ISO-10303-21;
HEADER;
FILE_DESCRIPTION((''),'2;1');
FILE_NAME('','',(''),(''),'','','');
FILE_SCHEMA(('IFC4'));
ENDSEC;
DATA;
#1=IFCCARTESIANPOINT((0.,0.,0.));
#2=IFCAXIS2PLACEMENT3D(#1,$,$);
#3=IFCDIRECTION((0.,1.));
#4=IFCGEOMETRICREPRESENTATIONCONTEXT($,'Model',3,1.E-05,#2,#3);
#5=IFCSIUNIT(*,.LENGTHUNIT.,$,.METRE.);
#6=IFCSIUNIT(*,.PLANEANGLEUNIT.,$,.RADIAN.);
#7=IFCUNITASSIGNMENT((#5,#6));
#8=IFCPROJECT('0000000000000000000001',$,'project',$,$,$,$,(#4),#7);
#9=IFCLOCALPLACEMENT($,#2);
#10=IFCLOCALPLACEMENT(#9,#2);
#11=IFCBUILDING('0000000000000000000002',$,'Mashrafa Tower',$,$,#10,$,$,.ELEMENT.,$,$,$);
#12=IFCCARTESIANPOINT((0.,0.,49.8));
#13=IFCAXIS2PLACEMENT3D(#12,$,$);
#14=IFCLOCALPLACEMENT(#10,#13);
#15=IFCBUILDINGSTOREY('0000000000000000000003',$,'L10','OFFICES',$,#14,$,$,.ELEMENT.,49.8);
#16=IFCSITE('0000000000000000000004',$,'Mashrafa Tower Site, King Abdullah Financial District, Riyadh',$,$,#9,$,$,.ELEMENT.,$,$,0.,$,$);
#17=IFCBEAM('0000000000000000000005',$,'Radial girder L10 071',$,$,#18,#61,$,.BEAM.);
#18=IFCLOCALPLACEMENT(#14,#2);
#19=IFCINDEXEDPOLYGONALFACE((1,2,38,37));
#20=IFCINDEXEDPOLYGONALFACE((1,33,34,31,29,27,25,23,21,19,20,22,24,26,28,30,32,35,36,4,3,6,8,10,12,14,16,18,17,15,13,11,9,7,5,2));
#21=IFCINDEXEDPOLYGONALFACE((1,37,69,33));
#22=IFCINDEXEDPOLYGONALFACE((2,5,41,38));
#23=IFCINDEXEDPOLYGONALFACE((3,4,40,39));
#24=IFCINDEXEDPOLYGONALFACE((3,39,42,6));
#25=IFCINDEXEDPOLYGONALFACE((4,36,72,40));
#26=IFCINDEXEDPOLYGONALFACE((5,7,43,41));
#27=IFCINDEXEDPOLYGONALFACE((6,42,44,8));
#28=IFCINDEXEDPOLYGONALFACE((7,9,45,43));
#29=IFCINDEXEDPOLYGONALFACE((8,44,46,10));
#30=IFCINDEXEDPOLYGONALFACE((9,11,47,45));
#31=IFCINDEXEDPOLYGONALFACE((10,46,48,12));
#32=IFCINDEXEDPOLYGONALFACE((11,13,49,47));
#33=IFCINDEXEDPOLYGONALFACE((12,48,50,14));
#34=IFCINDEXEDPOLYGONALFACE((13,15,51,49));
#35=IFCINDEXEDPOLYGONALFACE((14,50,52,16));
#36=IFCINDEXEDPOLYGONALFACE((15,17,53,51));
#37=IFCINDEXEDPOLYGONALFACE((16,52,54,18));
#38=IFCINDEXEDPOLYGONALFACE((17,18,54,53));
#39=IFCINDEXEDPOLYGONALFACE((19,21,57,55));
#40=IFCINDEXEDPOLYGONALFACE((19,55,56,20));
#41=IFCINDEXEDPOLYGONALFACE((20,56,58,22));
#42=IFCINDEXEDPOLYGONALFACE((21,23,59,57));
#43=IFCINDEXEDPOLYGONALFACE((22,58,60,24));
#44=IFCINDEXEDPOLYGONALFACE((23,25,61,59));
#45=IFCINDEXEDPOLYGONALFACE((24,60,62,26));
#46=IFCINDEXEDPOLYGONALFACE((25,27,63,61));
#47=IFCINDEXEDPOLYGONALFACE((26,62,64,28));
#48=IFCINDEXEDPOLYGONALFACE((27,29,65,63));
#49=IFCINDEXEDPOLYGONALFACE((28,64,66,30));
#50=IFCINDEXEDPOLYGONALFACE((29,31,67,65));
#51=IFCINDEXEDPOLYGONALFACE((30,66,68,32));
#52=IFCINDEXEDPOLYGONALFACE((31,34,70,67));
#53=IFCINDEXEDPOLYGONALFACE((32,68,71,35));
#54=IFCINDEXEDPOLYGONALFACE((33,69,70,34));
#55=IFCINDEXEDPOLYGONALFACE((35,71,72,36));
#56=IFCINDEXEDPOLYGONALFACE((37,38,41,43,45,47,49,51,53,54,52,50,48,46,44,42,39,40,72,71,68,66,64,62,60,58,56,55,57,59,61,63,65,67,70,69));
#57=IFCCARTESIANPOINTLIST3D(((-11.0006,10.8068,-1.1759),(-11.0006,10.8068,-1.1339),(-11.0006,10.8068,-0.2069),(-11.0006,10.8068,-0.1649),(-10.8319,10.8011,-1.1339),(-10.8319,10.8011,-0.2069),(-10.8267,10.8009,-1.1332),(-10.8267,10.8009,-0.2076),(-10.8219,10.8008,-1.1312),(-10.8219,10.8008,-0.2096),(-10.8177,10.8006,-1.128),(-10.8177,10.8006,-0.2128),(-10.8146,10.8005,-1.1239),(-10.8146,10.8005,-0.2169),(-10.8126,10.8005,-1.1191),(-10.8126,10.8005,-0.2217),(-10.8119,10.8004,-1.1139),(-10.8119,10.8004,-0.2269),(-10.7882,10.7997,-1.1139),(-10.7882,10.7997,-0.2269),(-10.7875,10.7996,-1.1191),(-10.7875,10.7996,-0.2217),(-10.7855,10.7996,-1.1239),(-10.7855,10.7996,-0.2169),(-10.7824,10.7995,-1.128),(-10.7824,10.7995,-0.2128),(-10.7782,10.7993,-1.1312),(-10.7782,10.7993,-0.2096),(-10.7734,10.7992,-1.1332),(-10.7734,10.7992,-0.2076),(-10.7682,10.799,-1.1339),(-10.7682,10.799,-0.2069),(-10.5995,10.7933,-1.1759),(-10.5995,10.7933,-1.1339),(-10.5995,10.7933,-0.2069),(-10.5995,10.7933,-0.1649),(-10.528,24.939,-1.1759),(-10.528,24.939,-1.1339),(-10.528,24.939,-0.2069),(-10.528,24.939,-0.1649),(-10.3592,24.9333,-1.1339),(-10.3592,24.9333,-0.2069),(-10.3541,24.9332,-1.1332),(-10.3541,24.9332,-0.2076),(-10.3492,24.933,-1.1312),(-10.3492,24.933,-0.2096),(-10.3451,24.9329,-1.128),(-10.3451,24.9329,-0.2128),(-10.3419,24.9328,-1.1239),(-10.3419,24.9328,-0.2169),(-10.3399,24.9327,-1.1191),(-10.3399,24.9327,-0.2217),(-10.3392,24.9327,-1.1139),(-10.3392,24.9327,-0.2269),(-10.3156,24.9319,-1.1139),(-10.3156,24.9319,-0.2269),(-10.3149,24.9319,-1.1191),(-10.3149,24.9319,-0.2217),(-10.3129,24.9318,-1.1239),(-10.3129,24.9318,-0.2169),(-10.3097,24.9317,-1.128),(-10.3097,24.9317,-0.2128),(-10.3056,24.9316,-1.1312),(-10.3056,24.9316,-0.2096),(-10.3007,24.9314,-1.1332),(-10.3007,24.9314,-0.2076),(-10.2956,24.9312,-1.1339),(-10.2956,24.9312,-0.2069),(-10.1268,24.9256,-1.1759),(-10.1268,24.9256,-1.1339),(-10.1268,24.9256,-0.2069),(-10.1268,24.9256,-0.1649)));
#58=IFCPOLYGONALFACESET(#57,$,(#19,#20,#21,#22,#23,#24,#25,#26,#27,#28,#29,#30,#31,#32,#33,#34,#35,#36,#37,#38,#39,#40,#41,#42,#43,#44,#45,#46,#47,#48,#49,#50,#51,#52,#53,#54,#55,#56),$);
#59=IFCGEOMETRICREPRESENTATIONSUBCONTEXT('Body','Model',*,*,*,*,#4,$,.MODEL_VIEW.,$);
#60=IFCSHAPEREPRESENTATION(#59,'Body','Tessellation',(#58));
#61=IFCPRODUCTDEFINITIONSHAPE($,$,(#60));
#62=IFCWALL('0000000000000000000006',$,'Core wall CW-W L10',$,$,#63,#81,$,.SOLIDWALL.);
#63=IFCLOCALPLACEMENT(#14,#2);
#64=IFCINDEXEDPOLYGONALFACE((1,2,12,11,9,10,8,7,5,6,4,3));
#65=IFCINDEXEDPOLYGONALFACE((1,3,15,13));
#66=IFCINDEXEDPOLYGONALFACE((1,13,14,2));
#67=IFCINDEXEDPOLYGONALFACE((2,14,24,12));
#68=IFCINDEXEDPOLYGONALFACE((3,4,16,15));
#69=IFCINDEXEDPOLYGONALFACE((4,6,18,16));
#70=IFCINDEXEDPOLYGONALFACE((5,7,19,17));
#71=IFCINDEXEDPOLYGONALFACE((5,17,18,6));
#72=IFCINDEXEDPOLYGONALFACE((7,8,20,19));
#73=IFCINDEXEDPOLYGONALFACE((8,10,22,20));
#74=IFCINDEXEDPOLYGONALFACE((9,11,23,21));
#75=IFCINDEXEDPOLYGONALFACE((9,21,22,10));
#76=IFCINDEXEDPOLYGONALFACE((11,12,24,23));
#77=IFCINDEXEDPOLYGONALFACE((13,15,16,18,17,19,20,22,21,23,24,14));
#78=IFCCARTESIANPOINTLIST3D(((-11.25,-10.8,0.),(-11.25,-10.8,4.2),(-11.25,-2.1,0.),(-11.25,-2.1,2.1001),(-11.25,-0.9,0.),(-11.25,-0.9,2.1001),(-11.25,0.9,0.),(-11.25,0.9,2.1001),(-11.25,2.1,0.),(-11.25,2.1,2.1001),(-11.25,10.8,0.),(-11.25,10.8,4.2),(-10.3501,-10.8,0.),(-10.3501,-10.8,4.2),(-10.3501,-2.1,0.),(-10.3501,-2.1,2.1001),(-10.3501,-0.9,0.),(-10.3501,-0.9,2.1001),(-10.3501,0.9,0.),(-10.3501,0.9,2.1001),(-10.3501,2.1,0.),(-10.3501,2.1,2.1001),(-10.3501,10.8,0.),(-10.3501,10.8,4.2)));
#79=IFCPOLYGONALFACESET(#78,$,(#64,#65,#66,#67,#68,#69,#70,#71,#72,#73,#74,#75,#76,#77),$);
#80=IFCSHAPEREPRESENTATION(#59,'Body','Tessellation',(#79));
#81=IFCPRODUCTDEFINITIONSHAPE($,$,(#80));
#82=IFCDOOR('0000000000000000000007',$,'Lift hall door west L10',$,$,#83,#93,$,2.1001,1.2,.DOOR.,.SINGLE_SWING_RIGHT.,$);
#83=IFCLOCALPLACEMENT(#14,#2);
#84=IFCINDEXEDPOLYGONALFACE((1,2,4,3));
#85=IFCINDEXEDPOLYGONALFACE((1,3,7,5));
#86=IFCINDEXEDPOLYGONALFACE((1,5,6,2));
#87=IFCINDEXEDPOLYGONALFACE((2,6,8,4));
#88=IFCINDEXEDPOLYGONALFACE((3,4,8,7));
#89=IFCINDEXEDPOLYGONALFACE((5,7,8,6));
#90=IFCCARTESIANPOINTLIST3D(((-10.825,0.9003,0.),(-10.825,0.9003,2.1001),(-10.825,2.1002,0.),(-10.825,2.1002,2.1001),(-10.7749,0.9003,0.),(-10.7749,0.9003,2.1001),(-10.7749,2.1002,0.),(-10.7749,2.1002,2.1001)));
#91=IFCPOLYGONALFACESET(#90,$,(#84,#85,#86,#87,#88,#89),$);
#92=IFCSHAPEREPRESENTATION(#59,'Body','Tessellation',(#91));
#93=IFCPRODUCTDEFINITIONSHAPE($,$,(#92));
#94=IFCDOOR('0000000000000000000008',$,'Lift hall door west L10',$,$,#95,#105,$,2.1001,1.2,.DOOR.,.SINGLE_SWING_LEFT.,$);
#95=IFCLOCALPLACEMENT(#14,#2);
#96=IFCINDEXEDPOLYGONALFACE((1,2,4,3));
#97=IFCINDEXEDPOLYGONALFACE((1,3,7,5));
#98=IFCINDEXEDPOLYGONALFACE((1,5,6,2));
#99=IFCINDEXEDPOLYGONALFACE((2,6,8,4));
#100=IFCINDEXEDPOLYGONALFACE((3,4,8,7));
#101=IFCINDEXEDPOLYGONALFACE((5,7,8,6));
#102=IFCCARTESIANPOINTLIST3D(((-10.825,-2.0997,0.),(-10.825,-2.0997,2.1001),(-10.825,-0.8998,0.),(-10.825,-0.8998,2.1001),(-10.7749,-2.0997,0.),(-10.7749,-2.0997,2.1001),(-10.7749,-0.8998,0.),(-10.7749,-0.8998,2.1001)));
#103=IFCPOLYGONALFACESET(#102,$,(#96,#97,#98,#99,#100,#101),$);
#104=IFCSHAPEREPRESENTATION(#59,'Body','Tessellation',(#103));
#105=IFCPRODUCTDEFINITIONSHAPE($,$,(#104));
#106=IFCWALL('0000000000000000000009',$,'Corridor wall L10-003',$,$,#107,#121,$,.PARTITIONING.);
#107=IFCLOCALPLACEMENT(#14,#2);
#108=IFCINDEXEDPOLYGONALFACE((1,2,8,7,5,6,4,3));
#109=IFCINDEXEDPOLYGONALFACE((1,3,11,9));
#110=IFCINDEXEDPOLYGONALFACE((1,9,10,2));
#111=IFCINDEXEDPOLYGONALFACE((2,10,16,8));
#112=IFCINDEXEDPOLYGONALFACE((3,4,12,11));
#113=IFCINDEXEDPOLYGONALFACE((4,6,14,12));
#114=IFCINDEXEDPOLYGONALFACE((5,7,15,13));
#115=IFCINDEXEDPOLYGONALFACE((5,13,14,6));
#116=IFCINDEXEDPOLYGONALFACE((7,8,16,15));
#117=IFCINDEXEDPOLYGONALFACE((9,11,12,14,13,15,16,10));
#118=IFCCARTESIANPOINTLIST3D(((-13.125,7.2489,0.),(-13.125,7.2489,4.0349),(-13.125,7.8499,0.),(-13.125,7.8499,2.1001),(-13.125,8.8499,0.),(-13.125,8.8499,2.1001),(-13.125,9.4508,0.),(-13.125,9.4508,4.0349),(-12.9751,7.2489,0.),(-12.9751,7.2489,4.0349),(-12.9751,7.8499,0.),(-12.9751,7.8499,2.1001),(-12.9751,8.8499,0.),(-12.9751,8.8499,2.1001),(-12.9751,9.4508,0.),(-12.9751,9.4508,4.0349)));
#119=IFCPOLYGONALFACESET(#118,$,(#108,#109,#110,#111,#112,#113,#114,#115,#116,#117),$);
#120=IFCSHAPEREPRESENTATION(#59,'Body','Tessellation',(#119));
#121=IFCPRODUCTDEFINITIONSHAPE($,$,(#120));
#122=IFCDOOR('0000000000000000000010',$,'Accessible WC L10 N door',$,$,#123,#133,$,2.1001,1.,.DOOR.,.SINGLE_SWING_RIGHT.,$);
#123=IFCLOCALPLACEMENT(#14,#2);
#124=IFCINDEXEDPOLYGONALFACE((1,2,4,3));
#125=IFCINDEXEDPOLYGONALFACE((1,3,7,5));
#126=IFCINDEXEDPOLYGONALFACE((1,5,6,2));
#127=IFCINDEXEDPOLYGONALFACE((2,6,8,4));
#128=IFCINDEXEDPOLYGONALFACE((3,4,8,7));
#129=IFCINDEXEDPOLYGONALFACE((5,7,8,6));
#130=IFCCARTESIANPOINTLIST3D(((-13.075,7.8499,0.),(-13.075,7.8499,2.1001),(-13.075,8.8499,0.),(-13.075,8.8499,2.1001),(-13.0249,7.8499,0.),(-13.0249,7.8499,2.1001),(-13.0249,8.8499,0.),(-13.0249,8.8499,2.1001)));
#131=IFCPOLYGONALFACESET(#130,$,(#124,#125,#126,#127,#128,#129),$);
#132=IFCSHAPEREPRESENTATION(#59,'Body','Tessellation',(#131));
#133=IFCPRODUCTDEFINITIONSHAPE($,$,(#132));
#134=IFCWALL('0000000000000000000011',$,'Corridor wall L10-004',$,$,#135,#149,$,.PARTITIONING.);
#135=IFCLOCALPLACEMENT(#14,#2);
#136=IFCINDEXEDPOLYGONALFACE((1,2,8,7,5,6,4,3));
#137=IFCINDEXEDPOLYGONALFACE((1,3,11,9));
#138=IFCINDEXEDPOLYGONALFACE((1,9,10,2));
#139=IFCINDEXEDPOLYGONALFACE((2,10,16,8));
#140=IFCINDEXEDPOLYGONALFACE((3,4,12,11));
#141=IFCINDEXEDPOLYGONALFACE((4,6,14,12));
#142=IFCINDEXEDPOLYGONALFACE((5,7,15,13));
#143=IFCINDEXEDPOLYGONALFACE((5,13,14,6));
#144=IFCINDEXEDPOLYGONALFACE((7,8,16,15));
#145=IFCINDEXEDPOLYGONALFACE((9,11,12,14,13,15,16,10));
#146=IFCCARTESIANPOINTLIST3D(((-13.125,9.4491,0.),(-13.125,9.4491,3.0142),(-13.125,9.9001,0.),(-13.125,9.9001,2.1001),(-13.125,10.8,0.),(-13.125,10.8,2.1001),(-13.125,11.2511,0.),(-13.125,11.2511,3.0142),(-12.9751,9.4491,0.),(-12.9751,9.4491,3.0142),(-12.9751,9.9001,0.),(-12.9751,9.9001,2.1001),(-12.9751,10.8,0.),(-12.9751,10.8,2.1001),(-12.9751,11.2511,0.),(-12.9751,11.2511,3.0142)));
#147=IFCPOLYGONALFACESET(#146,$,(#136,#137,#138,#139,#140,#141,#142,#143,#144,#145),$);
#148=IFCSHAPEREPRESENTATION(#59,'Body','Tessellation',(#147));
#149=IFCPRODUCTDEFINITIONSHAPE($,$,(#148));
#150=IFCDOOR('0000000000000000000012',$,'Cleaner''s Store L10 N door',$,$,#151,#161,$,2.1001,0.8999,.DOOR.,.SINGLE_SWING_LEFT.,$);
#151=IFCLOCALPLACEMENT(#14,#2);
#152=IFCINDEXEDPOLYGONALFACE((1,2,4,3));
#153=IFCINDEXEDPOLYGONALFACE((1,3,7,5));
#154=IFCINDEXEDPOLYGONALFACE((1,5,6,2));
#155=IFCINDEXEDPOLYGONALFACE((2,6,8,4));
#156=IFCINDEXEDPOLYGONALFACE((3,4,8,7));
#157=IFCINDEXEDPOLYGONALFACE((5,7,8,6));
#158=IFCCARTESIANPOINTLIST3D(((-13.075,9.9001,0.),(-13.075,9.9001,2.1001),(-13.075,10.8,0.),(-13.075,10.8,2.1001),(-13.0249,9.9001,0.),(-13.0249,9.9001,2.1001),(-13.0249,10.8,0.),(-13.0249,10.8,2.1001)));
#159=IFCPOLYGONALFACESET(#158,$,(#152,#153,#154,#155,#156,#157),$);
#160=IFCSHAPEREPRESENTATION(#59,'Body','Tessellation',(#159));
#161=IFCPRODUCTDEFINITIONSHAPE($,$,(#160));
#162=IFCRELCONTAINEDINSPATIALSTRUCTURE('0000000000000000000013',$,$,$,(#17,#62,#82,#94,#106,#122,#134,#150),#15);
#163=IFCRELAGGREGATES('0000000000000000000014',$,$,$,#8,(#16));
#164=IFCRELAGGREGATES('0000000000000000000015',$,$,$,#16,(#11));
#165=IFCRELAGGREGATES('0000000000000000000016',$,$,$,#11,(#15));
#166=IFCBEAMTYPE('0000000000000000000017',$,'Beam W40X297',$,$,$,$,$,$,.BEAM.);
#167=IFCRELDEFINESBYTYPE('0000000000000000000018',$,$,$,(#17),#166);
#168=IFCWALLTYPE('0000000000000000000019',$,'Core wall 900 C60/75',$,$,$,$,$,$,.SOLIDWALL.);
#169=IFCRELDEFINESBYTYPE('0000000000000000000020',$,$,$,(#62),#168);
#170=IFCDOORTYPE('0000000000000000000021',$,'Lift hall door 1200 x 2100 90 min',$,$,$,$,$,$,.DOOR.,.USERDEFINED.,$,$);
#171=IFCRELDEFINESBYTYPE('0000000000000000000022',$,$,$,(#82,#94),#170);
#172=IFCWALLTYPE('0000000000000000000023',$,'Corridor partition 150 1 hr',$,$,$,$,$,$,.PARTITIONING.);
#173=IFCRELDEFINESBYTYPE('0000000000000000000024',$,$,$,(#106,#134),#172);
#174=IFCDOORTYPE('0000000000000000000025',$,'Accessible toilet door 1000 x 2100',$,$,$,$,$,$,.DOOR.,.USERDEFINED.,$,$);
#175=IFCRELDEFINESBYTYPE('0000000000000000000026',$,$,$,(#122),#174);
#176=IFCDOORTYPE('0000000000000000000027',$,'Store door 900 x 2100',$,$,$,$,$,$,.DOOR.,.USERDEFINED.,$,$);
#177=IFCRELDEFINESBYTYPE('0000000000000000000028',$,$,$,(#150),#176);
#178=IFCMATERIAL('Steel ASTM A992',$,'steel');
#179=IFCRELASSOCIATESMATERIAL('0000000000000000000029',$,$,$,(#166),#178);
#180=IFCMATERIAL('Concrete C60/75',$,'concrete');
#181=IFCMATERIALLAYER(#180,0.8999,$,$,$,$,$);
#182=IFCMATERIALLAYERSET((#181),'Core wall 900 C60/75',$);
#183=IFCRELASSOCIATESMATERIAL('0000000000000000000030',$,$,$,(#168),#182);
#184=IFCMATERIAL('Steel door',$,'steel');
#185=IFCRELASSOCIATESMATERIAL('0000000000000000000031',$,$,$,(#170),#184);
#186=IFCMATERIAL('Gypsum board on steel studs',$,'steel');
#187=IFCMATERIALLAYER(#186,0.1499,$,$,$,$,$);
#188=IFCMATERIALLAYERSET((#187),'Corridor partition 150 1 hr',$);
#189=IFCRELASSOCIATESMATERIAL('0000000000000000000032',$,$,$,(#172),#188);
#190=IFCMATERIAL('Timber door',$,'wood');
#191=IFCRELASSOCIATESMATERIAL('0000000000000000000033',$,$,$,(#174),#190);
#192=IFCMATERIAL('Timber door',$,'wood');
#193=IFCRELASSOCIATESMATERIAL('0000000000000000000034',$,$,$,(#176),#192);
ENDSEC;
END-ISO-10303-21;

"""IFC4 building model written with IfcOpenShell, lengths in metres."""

from ifc_helpers import new_model, si_unit, direction, frame, frame_2d, origin, origin_2d, place, context, subcontext, project, spatial, rectangle, i_section, extrude, material, layer, layer_set, material_profile, profile_set, type_object, element, fill, save


model = new_model("IFC4")

# Units and contexts
model_context = context("Model", 3, precision=1e-05, world=origin(), true_north=direction((0.0, 1.0)))
body_context = subcontext(model_context, "Body", "Model", "MODEL_VIEW")
ifc_project = project(units=[si_unit("LENGTHUNIT", "METRE"), si_unit("PLANEANGLEUNIT", "RADIAN")], contexts=[model_context])

# Site, building, storey
site_placement = place(None, origin())
site = spatial("IfcSite", under=ifc_project, at=site_placement, Name="Mashrafa Tower Site, King Abdullah Financial District, Riyadh", CompositionType="ELEMENT", RefElevation=0.0)
building_placement = place(site_placement, origin())
building = spatial("IfcBuilding", under=site, at=building_placement, Name="Mashrafa Tower", CompositionType="ELEMENT")
storey_placement = place(building_placement, frame((0.0, 0.0, 49.8)))
storey = spatial("IfcBuildingStorey", under=building, at=storey_placement, Name="L10", Description="OFFICES", CompositionType="ELEMENT", Elevation=49.8)

# Beam
ifc_material_1 = material(Name="Steel ASTM A992", Category="steel")
ifc_material_profile_1 = material_profile(ifc_material_1, i_section(OverallWidth=0.4014, OverallDepth=1.011, WebThickness=0.0237, FlangeThickness=0.042, FilletRadius=0.02, at=origin_2d()), Name="W40X297")
ifc_profile_set_1 = profile_set([ifc_material_profile_1], Name="Steel ASTM A992")
beam_type_1 = type_object("IfcBeamType", Name="Beam W40X297", PredefinedType="BEAM", material=ifc_profile_set_1)
for number, where, z_axis, x_axis, name in (
    (1, (-10.8, 10.8, -0.6704), (0.033426, 0.999441, 0.0), (-0.999441, 0.033426, 0.0), "Radial girder L10 071"),
):
    element("IfcBeam", number, at=place(storey_placement, frame(where, z_axis=z_axis, x_axis=x_axis)), inside=storey, type_object=beam_type_1, Name=name, PredefinedType="BEAM", context=body_context, shape_type="SweptSolid", body=[
        extrude(i_section(OverallWidth=0.4014, OverallDepth=1.011, WebThickness=0.0237, FlangeThickness=0.042, FilletRadius=0.02, at=origin_2d()), origin(), (0.0, 0.0, 1.0), 14.1401),
    ])

# Wall, openings, doors
ifc_material_2 = material(Name="Concrete C60/75", Category="concrete")
ifc_layer_1 = layer(ifc_material_2, 0.8999)
ifc_layer_set_1 = layer_set([ifc_layer_1], Name="Core wall 900 C60/75")
wall_type_1 = type_object("IfcWallType", Name="Core wall 900 C60/75", PredefinedType="SOLIDWALL", material=ifc_layer_set_1)
wall_1_placement = place(storey_placement, frame((-10.8, 10.8, 0.0), z_axis=(0.0, 0.0, 1.0), x_axis=(0.0, -1.0, 0.0)))
wall_1 = element("IfcWall", 2, at=wall_1_placement, inside=storey, type_object=wall_type_1, Name="Core wall CW-W L10", PredefinedType="SOLIDWALL", context=body_context, shape_type="SweptSolid", body=[
    extrude(rectangle(XDim=21.6001, YDim=0.8999, at=frame_2d((10.8, 0.0))), origin(), (0.0, 0.0, 1.0), 4.2),
])
opening_1_placement = place(wall_1_placement, frame((8.7, 0.0, 0.0)))
opening_1 = element("IfcOpeningElement", 3, at=opening_1_placement, cuts=wall_1, PredefinedType="OPENING", context=body_context, shape_type="SweptSolid", body=[
    extrude(rectangle(XDim=1.2, YDim=2.1001, at=frame_2d((0.6001, 1.05))), frame((0.0, 0.46, 0.0), z_axis=(0.0, -1.0, 0.0), x_axis=(1.0, 0.0, 0.0)), (0.0, 0.0, 1.0), 0.9199),
])
opening_2_placement = place(wall_1_placement, frame((11.7, 0.0, 0.0)))
opening_2 = element("IfcOpeningElement", 4, at=opening_2_placement, cuts=wall_1, PredefinedType="OPENING", context=body_context, shape_type="SweptSolid", body=[
    extrude(rectangle(XDim=1.2, YDim=2.1001, at=frame_2d((0.6001, 1.05))), frame((0.0, 0.46, 0.0), z_axis=(0.0, -1.0, 0.0), x_axis=(1.0, 0.0, 0.0)), (0.0, 0.0, 1.0), 0.9199),
])
ifc_material_3 = material(Name="Steel door", Category="steel")
door_type_1 = type_object("IfcDoorType", Name="Lift hall door 1200 x 2100 90 min", OperationType="USERDEFINED", PredefinedType="DOOR", material=ifc_material_3)
door_1_placement = place(opening_1_placement, frame((1.2, 0.0, 0.0), z_axis=(0.0, 0.0, 1.0), x_axis=(-1.0, 0.0, 0.0)))
door_1 = element("IfcDoor", 5, at=door_1_placement, inside=storey, type_object=door_type_1, Name="Lift hall door west L10", OperationType="SINGLE_SWING_RIGHT", OverallHeight=2.1001, OverallWidth=1.2, PredefinedType="DOOR", context=body_context, shape_type="SweptSolid", body=[
    extrude(rectangle(XDim=1.2, YDim=2.1001, at=frame_2d((0.6001, 1.05))), frame((0.0, 0.0249, 0.0), z_axis=(0.0, -1.0, 0.0), x_axis=(1.0, 0.0, 0.0)), (0.0, 0.0, 1.0), 0.05),
])
fill(opening_1, door_1)
door_2_placement = place(opening_2_placement, frame((1.2, 0.0, 0.0), z_axis=(0.0, 0.0, 1.0), x_axis=(-1.0, 0.0, 0.0)))
door_2 = element("IfcDoor", 6, at=door_2_placement, inside=storey, type_object=door_type_1, Name="Lift hall door west L10", OperationType="SINGLE_SWING_LEFT", OverallHeight=2.1001, OverallWidth=1.2, PredefinedType="DOOR", context=body_context, shape_type="SweptSolid", body=[
    extrude(rectangle(XDim=1.2, YDim=2.1001, at=frame_2d((0.6001, 1.05))), frame((0.0, 0.0249, 0.0), z_axis=(0.0, -1.0, 0.0), x_axis=(1.0, 0.0, 0.0)), (0.0, 0.0, 1.0), 0.05),
])
fill(opening_2, door_2)

# Walls, openings, doors
ifc_material_4 = material(Name="Gypsum board on steel studs", Category="steel")
ifc_layer_2 = layer(ifc_material_4, 0.1499)
ifc_layer_set_2 = layer_set([ifc_layer_2], Name="Corridor partition 150 1 hr")
wall_type_2 = type_object("IfcWallType", Name="Corridor partition 150 1 hr", PredefinedType="PARTITIONING", material=ifc_layer_set_2)
wall_2_placement = place(storey_placement, frame((-13.05, 9.4509, 0.0), z_axis=(0.0, 0.0, 1.0), x_axis=(0.0, -1.0, 0.0)))
wall_2 = element("IfcWall", 7, at=wall_2_placement, inside=storey, type_object=wall_type_2, Name="Corridor wall L10-003", PredefinedType="PARTITIONING", context=body_context, shape_type="SweptSolid", body=[
    extrude(rectangle(XDim=2.2019, YDim=0.1499, at=frame_2d((1.1011, 0.0))), origin(), (0.0, 0.0, 1.0), 4.0349),
])
opening_3_placement = place(wall_2_placement, frame((0.6011, 0.0, 0.0)))
opening_3 = element("IfcOpeningElement", 8, at=opening_3_placement, cuts=wall_2, PredefinedType="OPENING", context=body_context, shape_type="SweptSolid", body=[
    extrude(rectangle(XDim=1.0, YDim=2.1001, at=frame_2d((0.5, 1.05))), frame((0.0, 0.085, 0.0), z_axis=(0.0, -1.0, 0.0), x_axis=(1.0, 0.0, 0.0)), (0.0, 0.0, 1.0), 0.1699),
])
ifc_material_5 = material(Name="Timber door", Category="wood")
door_type_2 = type_object("IfcDoorType", Name="Accessible toilet door 1000 x 2100", OperationType="USERDEFINED", PredefinedType="DOOR", material=ifc_material_5)
door_3_placement = place(opening_3_placement, frame((1.0, 0.0, 0.0), z_axis=(0.0, 0.0, 1.0), x_axis=(-1.0, 0.0, 0.0)))
door_3 = element("IfcDoor", 9, at=door_3_placement, inside=storey, type_object=door_type_2, Name="Accessible WC L10 N door", OperationType="SINGLE_SWING_RIGHT", OverallHeight=2.1001, OverallWidth=1.0, PredefinedType="DOOR", context=body_context, shape_type="SweptSolid", body=[
    extrude(rectangle(XDim=1.0, YDim=2.1001, at=frame_2d((0.5, 1.05))), frame((0.0, 0.0249, 0.0), z_axis=(0.0, -1.0, 0.0), x_axis=(1.0, 0.0, 0.0)), (0.0, 0.0, 1.0), 0.05),
])
fill(opening_3, door_3)
wall_3_placement = place(storey_placement, frame((-13.05, 11.251, 0.0), z_axis=(0.0, 0.0, 1.0), x_axis=(0.0, -1.0, 0.0)))
wall_3 = element("IfcWall", 10, at=wall_3_placement, inside=storey, type_object=wall_type_2, Name="Corridor wall L10-004", PredefinedType="PARTITIONING", context=body_context, shape_type="SweptSolid", body=[
    extrude(rectangle(XDim=1.802, YDim=0.1499, at=frame_2d((0.9009, 0.0))), origin(), (0.0, 0.0, 1.0), 3.0142),
])
opening_4_placement = place(wall_3_placement, frame((0.4509, 0.0, 0.0)))
opening_4 = element("IfcOpeningElement", 11, at=opening_4_placement, cuts=wall_3, PredefinedType="OPENING", context=body_context, shape_type="SweptSolid", body=[
    extrude(rectangle(XDim=0.8999, YDim=2.1001, at=frame_2d((0.45, 1.05))), frame((0.0, 0.085, 0.0), z_axis=(0.0, -1.0, 0.0), x_axis=(1.0, 0.0, 0.0)), (0.0, 0.0, 1.0), 0.1699),
])
ifc_material_6 = material(Name="Timber door", Category="wood")
door_type_3 = type_object("IfcDoorType", Name="Store door 900 x 2100", OperationType="USERDEFINED", PredefinedType="DOOR", material=ifc_material_6)
door_4_placement = place(opening_4_placement, frame((0.8999, 0.0, 0.0), z_axis=(0.0, 0.0, 1.0), x_axis=(-1.0, 0.0, 0.0)))
door_4 = element("IfcDoor", 12, at=door_4_placement, inside=storey, type_object=door_type_3, Name="Cleaner's Store L10 N door", OperationType="SINGLE_SWING_LEFT", OverallHeight=2.1001, OverallWidth=0.8999, PredefinedType="DOOR", context=body_context, shape_type="SweptSolid", body=[
    extrude(rectangle(XDim=0.8999, YDim=2.1001, at=frame_2d((0.45, 1.05))), frame((0.0, 0.0249, 0.0), z_axis=(0.0, -1.0, 0.0), x_axis=(1.0, 0.0, 0.0)), (0.0, 0.0, 1.0), 0.05),
])
fill(opening_4, door_4)

save(model, "model.ifc")
